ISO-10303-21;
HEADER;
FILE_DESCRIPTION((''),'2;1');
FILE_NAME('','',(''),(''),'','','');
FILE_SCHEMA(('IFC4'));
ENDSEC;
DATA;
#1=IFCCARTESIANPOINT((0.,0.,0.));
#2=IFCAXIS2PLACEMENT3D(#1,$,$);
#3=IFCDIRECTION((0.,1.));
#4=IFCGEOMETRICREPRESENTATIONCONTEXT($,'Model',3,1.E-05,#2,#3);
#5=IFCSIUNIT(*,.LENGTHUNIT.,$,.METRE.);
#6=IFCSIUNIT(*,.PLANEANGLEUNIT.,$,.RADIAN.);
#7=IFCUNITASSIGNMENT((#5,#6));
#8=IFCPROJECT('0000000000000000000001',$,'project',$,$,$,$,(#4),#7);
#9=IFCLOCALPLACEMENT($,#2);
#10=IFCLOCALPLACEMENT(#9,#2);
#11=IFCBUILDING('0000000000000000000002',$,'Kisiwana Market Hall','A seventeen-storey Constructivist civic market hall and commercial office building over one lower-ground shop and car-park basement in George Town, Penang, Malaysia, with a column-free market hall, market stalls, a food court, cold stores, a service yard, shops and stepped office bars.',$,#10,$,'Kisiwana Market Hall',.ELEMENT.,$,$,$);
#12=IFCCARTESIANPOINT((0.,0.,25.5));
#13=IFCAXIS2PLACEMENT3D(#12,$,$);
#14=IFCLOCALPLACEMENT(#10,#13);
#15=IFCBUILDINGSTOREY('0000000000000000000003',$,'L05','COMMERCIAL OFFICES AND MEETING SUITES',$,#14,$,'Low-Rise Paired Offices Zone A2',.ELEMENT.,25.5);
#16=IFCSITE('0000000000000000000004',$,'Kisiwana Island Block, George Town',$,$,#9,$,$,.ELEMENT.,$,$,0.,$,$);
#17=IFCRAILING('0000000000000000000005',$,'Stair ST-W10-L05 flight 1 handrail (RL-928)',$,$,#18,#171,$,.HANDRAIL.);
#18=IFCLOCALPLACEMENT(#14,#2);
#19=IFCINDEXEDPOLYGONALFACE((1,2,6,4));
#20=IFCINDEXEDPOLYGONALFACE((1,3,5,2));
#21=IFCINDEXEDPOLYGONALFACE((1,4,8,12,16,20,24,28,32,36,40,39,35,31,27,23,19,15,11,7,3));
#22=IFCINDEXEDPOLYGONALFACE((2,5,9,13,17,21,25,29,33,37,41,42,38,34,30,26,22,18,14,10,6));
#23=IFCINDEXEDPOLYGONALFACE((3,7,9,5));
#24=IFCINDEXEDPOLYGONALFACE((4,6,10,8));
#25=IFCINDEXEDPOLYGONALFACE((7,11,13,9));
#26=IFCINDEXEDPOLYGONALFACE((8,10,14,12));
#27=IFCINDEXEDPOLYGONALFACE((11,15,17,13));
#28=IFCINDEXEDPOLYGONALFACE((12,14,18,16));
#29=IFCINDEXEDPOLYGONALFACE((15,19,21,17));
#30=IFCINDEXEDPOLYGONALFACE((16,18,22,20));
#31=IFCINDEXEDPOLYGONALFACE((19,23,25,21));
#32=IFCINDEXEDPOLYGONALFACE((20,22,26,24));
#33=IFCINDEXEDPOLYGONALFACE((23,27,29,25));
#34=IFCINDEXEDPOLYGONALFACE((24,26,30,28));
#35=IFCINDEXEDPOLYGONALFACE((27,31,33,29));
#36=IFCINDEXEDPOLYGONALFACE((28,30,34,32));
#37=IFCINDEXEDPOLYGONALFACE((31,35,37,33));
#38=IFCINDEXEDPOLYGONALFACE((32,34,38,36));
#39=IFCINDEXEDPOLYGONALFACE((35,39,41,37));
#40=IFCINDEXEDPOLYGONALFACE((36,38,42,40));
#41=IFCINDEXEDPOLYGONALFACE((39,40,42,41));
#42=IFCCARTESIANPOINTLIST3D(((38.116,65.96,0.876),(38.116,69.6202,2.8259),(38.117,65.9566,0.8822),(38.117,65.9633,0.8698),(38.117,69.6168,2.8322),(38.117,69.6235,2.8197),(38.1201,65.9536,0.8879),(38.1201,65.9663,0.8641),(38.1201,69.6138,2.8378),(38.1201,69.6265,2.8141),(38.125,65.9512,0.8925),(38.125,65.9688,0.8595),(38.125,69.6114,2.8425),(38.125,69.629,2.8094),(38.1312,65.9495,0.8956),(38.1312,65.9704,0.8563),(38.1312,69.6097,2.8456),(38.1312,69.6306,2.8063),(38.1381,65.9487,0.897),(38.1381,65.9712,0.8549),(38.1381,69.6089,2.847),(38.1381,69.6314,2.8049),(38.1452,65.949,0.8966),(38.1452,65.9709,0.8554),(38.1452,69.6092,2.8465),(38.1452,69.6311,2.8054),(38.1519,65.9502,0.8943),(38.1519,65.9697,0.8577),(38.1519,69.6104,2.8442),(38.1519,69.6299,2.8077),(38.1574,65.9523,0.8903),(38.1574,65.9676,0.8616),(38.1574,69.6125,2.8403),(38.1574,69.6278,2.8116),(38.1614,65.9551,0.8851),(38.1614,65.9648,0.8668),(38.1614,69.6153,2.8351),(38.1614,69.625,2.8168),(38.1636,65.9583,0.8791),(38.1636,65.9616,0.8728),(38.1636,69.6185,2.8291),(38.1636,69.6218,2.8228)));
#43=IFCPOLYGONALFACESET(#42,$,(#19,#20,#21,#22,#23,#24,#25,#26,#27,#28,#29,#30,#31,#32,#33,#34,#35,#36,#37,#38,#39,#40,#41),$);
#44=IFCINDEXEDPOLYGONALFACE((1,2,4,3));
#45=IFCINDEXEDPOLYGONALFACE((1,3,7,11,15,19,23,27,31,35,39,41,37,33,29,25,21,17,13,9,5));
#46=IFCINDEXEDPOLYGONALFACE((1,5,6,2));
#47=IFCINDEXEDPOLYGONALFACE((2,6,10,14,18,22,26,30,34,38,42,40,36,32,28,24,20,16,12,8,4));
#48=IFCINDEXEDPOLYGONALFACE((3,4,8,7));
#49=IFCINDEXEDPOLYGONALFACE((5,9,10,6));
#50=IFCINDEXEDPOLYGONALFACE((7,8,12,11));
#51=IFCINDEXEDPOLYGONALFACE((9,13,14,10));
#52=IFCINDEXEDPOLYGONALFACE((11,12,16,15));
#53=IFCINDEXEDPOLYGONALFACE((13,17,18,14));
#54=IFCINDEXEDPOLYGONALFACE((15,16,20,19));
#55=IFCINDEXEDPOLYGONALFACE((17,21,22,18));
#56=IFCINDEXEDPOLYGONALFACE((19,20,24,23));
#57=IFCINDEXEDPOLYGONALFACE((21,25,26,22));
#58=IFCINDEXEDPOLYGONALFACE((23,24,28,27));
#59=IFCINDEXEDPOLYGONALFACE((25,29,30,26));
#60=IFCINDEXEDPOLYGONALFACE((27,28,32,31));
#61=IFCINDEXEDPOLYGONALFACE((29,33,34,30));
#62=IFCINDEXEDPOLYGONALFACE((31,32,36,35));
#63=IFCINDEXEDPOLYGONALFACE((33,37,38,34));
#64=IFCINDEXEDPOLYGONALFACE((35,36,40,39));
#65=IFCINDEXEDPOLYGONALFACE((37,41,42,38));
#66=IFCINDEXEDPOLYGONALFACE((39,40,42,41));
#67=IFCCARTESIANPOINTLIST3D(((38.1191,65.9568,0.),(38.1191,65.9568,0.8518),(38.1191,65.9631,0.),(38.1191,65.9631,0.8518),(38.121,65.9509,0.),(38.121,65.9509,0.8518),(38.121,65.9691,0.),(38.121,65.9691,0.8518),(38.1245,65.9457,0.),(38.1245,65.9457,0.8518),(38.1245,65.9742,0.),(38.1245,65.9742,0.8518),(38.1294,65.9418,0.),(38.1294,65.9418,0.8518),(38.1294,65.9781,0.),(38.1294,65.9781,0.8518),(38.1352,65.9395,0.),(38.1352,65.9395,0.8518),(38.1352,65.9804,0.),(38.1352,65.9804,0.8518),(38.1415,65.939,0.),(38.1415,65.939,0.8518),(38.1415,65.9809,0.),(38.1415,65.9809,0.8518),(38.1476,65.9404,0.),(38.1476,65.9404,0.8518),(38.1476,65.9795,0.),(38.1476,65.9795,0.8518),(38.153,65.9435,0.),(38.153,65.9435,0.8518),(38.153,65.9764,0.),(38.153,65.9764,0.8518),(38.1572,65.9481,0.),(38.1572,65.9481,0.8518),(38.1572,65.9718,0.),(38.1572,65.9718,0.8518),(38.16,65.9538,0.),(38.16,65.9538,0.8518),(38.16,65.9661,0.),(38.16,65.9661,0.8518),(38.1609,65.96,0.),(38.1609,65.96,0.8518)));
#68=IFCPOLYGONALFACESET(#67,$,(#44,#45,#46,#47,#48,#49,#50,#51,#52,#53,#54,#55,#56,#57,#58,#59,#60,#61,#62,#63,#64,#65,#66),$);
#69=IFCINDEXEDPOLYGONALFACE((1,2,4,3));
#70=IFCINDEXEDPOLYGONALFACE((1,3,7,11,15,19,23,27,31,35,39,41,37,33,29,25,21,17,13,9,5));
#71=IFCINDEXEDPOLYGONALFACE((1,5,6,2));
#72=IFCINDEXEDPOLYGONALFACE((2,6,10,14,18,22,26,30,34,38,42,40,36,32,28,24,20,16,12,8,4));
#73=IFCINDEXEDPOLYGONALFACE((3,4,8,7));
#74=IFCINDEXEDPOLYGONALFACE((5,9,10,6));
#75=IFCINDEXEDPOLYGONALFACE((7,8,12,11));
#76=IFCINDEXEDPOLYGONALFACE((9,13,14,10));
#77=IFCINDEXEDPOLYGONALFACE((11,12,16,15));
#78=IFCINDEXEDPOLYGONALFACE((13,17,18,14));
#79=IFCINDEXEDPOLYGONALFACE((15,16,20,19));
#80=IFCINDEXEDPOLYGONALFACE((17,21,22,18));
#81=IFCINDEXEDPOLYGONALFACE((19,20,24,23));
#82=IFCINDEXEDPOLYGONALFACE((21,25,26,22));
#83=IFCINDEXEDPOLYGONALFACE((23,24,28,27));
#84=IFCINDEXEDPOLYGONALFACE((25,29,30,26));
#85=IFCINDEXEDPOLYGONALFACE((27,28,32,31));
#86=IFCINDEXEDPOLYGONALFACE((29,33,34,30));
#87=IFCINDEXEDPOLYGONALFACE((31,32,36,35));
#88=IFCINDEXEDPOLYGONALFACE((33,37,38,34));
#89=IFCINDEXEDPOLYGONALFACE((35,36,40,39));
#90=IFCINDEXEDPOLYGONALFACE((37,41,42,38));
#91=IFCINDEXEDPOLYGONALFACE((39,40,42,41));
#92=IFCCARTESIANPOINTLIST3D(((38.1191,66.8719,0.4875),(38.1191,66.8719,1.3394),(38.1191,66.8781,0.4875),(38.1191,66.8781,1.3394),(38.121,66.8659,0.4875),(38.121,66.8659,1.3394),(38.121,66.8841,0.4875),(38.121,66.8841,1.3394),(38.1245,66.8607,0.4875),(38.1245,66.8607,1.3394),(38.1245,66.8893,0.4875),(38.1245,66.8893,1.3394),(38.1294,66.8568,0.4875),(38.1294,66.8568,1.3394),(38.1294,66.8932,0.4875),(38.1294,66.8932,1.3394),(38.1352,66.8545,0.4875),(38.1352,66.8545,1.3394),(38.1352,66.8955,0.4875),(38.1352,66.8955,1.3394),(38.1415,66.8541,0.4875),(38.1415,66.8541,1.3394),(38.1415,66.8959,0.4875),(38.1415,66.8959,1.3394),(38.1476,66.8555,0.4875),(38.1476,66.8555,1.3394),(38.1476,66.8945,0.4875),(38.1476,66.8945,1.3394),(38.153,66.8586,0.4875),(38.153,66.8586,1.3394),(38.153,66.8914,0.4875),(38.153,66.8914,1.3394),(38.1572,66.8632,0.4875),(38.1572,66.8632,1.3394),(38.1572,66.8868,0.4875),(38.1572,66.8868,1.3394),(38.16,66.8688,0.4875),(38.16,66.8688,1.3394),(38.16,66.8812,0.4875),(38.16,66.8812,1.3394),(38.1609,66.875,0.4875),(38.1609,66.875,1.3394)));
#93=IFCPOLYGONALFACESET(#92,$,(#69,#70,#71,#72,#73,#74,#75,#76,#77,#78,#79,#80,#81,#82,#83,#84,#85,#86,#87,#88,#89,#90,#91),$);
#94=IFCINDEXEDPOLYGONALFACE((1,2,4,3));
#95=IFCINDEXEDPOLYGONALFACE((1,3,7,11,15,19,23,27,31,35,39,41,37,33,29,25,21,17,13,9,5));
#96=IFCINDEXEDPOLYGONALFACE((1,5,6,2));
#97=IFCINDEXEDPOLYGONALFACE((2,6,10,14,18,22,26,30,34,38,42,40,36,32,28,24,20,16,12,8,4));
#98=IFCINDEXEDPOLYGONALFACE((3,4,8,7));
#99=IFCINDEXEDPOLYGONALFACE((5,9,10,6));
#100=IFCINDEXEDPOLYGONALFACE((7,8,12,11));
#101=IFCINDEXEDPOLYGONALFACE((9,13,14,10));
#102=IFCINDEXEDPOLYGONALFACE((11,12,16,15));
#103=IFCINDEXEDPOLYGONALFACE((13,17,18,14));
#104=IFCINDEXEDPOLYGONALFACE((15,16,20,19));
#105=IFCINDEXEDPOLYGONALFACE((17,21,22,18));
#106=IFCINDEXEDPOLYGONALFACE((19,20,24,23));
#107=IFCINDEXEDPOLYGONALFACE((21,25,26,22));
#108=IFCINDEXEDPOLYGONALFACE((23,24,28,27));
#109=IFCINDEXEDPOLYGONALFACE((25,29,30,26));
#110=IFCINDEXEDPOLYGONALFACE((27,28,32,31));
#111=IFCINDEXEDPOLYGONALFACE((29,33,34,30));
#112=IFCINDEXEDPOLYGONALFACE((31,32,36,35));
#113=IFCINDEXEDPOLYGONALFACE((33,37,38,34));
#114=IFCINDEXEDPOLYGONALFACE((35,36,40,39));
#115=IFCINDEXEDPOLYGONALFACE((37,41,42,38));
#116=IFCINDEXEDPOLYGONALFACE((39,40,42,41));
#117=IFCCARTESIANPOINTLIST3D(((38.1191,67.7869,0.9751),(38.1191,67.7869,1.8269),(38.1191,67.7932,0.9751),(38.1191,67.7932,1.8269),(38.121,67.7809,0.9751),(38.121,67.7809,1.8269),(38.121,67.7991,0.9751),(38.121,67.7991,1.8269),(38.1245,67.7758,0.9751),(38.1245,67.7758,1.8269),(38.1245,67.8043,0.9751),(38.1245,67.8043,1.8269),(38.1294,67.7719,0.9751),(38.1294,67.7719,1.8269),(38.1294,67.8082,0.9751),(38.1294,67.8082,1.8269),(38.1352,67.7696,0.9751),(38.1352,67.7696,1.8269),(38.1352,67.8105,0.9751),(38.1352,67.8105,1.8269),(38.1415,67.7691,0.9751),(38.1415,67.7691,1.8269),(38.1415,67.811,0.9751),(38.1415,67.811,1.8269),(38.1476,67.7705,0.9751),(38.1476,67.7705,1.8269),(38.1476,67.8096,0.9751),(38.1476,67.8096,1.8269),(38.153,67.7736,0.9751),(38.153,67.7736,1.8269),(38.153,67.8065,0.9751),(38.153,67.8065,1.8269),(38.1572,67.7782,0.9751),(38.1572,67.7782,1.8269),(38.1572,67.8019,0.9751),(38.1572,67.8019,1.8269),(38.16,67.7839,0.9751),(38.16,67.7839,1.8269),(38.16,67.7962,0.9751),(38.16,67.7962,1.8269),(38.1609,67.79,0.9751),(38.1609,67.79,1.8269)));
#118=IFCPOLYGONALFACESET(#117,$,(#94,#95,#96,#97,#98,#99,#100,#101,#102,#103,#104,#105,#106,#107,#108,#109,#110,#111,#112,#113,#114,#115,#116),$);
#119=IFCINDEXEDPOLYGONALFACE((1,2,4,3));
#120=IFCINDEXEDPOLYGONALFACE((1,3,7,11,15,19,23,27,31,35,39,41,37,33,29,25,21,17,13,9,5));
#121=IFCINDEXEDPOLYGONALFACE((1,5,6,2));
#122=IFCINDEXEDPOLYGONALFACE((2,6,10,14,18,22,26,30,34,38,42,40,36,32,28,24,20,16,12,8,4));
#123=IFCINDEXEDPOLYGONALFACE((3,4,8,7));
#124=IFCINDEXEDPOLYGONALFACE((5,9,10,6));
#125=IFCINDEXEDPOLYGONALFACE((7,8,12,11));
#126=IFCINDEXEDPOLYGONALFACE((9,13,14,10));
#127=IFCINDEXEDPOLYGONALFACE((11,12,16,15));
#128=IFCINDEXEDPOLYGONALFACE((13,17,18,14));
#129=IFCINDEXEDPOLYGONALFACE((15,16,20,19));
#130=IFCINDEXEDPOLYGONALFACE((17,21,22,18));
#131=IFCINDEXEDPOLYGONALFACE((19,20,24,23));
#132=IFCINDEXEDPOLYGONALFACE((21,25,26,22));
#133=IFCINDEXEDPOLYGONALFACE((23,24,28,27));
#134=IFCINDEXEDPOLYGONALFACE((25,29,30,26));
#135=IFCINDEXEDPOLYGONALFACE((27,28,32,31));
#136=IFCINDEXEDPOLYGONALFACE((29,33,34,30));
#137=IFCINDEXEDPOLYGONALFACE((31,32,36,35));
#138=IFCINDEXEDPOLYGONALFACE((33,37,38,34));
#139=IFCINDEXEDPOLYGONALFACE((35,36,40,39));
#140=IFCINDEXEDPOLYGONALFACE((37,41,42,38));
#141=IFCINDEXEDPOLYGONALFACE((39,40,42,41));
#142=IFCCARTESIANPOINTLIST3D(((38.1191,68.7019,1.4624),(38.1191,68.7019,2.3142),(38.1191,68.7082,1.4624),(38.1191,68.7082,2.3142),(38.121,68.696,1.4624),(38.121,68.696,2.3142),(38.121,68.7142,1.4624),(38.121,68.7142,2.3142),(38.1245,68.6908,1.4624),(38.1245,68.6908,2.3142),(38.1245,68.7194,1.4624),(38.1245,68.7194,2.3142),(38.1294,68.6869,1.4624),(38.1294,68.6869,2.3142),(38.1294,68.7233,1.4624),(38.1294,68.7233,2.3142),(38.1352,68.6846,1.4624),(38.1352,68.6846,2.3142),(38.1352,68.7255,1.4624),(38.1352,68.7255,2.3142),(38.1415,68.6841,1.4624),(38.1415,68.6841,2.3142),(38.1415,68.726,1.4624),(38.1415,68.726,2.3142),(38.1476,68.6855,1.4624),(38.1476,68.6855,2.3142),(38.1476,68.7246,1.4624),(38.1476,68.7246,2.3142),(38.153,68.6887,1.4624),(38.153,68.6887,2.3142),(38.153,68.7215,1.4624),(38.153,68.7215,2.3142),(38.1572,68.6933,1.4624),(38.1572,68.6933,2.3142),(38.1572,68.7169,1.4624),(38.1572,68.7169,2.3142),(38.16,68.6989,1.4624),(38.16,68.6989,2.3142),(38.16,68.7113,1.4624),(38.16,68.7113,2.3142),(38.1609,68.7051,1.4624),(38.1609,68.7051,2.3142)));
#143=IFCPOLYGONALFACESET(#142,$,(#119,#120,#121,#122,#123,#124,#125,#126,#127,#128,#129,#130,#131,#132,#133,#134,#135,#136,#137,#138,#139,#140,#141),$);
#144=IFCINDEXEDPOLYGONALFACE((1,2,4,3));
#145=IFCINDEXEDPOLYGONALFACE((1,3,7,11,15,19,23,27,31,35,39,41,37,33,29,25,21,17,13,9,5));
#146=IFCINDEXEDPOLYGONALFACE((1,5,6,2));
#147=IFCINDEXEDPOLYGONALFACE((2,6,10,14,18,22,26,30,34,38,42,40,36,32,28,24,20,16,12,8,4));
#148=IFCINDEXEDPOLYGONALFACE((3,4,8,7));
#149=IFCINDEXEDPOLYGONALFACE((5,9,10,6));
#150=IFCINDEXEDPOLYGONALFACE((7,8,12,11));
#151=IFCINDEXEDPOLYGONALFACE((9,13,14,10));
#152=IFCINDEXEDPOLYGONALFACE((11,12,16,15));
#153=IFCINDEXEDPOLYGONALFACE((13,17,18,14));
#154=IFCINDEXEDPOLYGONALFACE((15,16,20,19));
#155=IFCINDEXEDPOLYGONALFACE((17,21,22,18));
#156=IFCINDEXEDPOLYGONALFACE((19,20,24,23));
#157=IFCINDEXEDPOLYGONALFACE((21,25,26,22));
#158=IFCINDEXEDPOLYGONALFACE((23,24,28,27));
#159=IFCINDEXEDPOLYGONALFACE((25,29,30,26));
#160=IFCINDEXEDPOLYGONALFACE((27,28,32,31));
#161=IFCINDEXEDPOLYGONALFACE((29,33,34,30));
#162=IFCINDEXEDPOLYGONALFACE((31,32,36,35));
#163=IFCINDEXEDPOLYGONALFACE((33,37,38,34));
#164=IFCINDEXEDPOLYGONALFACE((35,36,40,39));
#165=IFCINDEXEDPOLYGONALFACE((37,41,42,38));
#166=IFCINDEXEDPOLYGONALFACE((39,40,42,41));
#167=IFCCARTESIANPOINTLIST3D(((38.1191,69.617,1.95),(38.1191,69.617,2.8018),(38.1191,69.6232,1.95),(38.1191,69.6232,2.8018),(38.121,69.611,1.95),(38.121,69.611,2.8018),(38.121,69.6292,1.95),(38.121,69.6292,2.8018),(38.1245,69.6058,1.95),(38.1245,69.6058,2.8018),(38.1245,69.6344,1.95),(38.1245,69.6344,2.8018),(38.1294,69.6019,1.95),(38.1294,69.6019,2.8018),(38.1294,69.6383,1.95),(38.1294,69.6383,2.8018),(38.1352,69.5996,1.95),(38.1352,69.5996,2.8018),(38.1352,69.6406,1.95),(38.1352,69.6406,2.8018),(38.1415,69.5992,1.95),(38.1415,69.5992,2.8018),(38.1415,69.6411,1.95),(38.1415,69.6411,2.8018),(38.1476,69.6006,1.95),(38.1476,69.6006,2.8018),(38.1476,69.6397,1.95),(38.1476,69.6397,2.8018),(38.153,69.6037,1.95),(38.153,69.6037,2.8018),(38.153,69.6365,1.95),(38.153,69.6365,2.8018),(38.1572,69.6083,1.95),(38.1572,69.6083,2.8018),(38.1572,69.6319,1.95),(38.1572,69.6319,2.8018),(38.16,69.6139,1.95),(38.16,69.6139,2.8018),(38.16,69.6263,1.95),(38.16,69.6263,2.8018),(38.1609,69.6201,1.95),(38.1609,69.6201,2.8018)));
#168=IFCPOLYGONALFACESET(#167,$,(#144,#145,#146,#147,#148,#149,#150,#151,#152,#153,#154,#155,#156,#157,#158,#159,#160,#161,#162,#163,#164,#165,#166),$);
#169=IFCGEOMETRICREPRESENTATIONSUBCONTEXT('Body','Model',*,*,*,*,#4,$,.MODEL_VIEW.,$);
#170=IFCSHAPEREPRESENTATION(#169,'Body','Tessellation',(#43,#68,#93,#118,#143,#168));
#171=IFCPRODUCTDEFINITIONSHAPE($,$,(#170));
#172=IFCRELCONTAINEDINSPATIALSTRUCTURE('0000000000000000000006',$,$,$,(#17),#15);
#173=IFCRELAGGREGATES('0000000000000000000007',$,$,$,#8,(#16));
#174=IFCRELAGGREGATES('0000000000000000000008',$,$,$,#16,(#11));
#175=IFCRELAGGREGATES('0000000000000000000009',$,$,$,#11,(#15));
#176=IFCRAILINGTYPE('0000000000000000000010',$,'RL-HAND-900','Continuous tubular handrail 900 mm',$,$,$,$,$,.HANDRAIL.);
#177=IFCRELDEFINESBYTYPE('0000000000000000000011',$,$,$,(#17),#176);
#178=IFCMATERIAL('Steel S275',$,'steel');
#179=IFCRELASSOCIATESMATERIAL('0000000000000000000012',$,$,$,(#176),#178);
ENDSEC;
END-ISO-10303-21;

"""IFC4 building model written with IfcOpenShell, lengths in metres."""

from ifc_helpers import new_model, si_unit, direction, frame, origin, origin_2d, place, context, subcontext, project, spatial, circle, extrude, material, type_object, element, save


model = new_model("IFC4")

# Units and contexts
model_context = context("Model", 3, precision=1e-05, world=origin(), true_north=direction((0.0, 1.0)))
body_context = subcontext(model_context, "Body", "Model", "MODEL_VIEW")
ifc_project = project(units=[si_unit("LENGTHUNIT", "METRE"), si_unit("PLANEANGLEUNIT", "RADIAN")], contexts=[model_context])

# Site, building, storey
site_placement = place(None, origin())
site = spatial("IfcSite", under=ifc_project, at=site_placement, Name="Kisiwana Island Block, George Town", CompositionType="ELEMENT", RefElevation=0.0)
building_placement = place(site_placement, origin())
building = spatial("IfcBuilding", under=site, at=building_placement, Name="Kisiwana Market Hall", Description="A seventeen-storey Constructivist civic market hall and commercial office building over one lower-ground shop and car-park basement in George Town, Penang, Malaysia, with a column-free market hall, market stalls, a food court, cold stores, a service yard, shops and stepped office bars.", LongName="Kisiwana Market Hall", CompositionType="ELEMENT")
storey_placement = place(building_placement, frame((0.0, 0.0, 25.5)))
storey = spatial("IfcBuildingStorey", under=building, at=storey_placement, Name="L05", Description="COMMERCIAL OFFICES AND MEETING SUITES", LongName="Low-Rise Paired Offices Zone A2", CompositionType="ELEMENT", Elevation=25.5)

# Railing
ifc_material_1 = material(Name="Steel S275", Category="steel")
railing_type_1 = type_object("IfcRailingType", Name="RL-HAND-900", Description="Continuous tubular handrail 900 mm", PredefinedType="HANDRAIL", material=ifc_material_1)
railing_1_placement = place(storey_placement, frame((38.1399, 65.96, 0.0)))
element("IfcRailing", 1, at=railing_1_placement, inside=storey, type_object=railing_type_1, Name="Stair ST-W10-L05 flight 1 handrail (RL-928)", PredefinedType="HANDRAIL", context=body_context, shape_type="SweptSolid", body=[
    extrude(circle(Radius=0.0239, at=origin_2d()), frame((0.0, 0.0, 0.876), z_axis=(0.0, 0.882566, 0.470188), x_axis=(-1.0, 0.0, 0.0)), (0.0, 0.0, 1.0), 4.1472),
    extrude(circle(Radius=0.021, at=origin_2d()), origin(), (0.0, 0.0, 1.0), 0.8518),
    extrude(circle(Radius=0.021, at=origin_2d()), frame((0.0, 0.915, 0.4875)), (0.0, 0.0, 1.0), 0.8518),
    extrude(circle(Radius=0.021, at=origin_2d()), frame((0.0, 1.8301, 0.9751)), (0.0, 0.0, 1.0), 0.8518),
    extrude(circle(Radius=0.021, at=origin_2d()), frame((0.0, 2.7451, 1.4624)), (0.0, 0.0, 1.0), 0.8518),
    extrude(circle(Radius=0.021, at=origin_2d()), frame((0.0, 3.6602, 1.95)), (0.0, 0.0, 1.0), 0.8518),
])

save(model, "model.ifc")
